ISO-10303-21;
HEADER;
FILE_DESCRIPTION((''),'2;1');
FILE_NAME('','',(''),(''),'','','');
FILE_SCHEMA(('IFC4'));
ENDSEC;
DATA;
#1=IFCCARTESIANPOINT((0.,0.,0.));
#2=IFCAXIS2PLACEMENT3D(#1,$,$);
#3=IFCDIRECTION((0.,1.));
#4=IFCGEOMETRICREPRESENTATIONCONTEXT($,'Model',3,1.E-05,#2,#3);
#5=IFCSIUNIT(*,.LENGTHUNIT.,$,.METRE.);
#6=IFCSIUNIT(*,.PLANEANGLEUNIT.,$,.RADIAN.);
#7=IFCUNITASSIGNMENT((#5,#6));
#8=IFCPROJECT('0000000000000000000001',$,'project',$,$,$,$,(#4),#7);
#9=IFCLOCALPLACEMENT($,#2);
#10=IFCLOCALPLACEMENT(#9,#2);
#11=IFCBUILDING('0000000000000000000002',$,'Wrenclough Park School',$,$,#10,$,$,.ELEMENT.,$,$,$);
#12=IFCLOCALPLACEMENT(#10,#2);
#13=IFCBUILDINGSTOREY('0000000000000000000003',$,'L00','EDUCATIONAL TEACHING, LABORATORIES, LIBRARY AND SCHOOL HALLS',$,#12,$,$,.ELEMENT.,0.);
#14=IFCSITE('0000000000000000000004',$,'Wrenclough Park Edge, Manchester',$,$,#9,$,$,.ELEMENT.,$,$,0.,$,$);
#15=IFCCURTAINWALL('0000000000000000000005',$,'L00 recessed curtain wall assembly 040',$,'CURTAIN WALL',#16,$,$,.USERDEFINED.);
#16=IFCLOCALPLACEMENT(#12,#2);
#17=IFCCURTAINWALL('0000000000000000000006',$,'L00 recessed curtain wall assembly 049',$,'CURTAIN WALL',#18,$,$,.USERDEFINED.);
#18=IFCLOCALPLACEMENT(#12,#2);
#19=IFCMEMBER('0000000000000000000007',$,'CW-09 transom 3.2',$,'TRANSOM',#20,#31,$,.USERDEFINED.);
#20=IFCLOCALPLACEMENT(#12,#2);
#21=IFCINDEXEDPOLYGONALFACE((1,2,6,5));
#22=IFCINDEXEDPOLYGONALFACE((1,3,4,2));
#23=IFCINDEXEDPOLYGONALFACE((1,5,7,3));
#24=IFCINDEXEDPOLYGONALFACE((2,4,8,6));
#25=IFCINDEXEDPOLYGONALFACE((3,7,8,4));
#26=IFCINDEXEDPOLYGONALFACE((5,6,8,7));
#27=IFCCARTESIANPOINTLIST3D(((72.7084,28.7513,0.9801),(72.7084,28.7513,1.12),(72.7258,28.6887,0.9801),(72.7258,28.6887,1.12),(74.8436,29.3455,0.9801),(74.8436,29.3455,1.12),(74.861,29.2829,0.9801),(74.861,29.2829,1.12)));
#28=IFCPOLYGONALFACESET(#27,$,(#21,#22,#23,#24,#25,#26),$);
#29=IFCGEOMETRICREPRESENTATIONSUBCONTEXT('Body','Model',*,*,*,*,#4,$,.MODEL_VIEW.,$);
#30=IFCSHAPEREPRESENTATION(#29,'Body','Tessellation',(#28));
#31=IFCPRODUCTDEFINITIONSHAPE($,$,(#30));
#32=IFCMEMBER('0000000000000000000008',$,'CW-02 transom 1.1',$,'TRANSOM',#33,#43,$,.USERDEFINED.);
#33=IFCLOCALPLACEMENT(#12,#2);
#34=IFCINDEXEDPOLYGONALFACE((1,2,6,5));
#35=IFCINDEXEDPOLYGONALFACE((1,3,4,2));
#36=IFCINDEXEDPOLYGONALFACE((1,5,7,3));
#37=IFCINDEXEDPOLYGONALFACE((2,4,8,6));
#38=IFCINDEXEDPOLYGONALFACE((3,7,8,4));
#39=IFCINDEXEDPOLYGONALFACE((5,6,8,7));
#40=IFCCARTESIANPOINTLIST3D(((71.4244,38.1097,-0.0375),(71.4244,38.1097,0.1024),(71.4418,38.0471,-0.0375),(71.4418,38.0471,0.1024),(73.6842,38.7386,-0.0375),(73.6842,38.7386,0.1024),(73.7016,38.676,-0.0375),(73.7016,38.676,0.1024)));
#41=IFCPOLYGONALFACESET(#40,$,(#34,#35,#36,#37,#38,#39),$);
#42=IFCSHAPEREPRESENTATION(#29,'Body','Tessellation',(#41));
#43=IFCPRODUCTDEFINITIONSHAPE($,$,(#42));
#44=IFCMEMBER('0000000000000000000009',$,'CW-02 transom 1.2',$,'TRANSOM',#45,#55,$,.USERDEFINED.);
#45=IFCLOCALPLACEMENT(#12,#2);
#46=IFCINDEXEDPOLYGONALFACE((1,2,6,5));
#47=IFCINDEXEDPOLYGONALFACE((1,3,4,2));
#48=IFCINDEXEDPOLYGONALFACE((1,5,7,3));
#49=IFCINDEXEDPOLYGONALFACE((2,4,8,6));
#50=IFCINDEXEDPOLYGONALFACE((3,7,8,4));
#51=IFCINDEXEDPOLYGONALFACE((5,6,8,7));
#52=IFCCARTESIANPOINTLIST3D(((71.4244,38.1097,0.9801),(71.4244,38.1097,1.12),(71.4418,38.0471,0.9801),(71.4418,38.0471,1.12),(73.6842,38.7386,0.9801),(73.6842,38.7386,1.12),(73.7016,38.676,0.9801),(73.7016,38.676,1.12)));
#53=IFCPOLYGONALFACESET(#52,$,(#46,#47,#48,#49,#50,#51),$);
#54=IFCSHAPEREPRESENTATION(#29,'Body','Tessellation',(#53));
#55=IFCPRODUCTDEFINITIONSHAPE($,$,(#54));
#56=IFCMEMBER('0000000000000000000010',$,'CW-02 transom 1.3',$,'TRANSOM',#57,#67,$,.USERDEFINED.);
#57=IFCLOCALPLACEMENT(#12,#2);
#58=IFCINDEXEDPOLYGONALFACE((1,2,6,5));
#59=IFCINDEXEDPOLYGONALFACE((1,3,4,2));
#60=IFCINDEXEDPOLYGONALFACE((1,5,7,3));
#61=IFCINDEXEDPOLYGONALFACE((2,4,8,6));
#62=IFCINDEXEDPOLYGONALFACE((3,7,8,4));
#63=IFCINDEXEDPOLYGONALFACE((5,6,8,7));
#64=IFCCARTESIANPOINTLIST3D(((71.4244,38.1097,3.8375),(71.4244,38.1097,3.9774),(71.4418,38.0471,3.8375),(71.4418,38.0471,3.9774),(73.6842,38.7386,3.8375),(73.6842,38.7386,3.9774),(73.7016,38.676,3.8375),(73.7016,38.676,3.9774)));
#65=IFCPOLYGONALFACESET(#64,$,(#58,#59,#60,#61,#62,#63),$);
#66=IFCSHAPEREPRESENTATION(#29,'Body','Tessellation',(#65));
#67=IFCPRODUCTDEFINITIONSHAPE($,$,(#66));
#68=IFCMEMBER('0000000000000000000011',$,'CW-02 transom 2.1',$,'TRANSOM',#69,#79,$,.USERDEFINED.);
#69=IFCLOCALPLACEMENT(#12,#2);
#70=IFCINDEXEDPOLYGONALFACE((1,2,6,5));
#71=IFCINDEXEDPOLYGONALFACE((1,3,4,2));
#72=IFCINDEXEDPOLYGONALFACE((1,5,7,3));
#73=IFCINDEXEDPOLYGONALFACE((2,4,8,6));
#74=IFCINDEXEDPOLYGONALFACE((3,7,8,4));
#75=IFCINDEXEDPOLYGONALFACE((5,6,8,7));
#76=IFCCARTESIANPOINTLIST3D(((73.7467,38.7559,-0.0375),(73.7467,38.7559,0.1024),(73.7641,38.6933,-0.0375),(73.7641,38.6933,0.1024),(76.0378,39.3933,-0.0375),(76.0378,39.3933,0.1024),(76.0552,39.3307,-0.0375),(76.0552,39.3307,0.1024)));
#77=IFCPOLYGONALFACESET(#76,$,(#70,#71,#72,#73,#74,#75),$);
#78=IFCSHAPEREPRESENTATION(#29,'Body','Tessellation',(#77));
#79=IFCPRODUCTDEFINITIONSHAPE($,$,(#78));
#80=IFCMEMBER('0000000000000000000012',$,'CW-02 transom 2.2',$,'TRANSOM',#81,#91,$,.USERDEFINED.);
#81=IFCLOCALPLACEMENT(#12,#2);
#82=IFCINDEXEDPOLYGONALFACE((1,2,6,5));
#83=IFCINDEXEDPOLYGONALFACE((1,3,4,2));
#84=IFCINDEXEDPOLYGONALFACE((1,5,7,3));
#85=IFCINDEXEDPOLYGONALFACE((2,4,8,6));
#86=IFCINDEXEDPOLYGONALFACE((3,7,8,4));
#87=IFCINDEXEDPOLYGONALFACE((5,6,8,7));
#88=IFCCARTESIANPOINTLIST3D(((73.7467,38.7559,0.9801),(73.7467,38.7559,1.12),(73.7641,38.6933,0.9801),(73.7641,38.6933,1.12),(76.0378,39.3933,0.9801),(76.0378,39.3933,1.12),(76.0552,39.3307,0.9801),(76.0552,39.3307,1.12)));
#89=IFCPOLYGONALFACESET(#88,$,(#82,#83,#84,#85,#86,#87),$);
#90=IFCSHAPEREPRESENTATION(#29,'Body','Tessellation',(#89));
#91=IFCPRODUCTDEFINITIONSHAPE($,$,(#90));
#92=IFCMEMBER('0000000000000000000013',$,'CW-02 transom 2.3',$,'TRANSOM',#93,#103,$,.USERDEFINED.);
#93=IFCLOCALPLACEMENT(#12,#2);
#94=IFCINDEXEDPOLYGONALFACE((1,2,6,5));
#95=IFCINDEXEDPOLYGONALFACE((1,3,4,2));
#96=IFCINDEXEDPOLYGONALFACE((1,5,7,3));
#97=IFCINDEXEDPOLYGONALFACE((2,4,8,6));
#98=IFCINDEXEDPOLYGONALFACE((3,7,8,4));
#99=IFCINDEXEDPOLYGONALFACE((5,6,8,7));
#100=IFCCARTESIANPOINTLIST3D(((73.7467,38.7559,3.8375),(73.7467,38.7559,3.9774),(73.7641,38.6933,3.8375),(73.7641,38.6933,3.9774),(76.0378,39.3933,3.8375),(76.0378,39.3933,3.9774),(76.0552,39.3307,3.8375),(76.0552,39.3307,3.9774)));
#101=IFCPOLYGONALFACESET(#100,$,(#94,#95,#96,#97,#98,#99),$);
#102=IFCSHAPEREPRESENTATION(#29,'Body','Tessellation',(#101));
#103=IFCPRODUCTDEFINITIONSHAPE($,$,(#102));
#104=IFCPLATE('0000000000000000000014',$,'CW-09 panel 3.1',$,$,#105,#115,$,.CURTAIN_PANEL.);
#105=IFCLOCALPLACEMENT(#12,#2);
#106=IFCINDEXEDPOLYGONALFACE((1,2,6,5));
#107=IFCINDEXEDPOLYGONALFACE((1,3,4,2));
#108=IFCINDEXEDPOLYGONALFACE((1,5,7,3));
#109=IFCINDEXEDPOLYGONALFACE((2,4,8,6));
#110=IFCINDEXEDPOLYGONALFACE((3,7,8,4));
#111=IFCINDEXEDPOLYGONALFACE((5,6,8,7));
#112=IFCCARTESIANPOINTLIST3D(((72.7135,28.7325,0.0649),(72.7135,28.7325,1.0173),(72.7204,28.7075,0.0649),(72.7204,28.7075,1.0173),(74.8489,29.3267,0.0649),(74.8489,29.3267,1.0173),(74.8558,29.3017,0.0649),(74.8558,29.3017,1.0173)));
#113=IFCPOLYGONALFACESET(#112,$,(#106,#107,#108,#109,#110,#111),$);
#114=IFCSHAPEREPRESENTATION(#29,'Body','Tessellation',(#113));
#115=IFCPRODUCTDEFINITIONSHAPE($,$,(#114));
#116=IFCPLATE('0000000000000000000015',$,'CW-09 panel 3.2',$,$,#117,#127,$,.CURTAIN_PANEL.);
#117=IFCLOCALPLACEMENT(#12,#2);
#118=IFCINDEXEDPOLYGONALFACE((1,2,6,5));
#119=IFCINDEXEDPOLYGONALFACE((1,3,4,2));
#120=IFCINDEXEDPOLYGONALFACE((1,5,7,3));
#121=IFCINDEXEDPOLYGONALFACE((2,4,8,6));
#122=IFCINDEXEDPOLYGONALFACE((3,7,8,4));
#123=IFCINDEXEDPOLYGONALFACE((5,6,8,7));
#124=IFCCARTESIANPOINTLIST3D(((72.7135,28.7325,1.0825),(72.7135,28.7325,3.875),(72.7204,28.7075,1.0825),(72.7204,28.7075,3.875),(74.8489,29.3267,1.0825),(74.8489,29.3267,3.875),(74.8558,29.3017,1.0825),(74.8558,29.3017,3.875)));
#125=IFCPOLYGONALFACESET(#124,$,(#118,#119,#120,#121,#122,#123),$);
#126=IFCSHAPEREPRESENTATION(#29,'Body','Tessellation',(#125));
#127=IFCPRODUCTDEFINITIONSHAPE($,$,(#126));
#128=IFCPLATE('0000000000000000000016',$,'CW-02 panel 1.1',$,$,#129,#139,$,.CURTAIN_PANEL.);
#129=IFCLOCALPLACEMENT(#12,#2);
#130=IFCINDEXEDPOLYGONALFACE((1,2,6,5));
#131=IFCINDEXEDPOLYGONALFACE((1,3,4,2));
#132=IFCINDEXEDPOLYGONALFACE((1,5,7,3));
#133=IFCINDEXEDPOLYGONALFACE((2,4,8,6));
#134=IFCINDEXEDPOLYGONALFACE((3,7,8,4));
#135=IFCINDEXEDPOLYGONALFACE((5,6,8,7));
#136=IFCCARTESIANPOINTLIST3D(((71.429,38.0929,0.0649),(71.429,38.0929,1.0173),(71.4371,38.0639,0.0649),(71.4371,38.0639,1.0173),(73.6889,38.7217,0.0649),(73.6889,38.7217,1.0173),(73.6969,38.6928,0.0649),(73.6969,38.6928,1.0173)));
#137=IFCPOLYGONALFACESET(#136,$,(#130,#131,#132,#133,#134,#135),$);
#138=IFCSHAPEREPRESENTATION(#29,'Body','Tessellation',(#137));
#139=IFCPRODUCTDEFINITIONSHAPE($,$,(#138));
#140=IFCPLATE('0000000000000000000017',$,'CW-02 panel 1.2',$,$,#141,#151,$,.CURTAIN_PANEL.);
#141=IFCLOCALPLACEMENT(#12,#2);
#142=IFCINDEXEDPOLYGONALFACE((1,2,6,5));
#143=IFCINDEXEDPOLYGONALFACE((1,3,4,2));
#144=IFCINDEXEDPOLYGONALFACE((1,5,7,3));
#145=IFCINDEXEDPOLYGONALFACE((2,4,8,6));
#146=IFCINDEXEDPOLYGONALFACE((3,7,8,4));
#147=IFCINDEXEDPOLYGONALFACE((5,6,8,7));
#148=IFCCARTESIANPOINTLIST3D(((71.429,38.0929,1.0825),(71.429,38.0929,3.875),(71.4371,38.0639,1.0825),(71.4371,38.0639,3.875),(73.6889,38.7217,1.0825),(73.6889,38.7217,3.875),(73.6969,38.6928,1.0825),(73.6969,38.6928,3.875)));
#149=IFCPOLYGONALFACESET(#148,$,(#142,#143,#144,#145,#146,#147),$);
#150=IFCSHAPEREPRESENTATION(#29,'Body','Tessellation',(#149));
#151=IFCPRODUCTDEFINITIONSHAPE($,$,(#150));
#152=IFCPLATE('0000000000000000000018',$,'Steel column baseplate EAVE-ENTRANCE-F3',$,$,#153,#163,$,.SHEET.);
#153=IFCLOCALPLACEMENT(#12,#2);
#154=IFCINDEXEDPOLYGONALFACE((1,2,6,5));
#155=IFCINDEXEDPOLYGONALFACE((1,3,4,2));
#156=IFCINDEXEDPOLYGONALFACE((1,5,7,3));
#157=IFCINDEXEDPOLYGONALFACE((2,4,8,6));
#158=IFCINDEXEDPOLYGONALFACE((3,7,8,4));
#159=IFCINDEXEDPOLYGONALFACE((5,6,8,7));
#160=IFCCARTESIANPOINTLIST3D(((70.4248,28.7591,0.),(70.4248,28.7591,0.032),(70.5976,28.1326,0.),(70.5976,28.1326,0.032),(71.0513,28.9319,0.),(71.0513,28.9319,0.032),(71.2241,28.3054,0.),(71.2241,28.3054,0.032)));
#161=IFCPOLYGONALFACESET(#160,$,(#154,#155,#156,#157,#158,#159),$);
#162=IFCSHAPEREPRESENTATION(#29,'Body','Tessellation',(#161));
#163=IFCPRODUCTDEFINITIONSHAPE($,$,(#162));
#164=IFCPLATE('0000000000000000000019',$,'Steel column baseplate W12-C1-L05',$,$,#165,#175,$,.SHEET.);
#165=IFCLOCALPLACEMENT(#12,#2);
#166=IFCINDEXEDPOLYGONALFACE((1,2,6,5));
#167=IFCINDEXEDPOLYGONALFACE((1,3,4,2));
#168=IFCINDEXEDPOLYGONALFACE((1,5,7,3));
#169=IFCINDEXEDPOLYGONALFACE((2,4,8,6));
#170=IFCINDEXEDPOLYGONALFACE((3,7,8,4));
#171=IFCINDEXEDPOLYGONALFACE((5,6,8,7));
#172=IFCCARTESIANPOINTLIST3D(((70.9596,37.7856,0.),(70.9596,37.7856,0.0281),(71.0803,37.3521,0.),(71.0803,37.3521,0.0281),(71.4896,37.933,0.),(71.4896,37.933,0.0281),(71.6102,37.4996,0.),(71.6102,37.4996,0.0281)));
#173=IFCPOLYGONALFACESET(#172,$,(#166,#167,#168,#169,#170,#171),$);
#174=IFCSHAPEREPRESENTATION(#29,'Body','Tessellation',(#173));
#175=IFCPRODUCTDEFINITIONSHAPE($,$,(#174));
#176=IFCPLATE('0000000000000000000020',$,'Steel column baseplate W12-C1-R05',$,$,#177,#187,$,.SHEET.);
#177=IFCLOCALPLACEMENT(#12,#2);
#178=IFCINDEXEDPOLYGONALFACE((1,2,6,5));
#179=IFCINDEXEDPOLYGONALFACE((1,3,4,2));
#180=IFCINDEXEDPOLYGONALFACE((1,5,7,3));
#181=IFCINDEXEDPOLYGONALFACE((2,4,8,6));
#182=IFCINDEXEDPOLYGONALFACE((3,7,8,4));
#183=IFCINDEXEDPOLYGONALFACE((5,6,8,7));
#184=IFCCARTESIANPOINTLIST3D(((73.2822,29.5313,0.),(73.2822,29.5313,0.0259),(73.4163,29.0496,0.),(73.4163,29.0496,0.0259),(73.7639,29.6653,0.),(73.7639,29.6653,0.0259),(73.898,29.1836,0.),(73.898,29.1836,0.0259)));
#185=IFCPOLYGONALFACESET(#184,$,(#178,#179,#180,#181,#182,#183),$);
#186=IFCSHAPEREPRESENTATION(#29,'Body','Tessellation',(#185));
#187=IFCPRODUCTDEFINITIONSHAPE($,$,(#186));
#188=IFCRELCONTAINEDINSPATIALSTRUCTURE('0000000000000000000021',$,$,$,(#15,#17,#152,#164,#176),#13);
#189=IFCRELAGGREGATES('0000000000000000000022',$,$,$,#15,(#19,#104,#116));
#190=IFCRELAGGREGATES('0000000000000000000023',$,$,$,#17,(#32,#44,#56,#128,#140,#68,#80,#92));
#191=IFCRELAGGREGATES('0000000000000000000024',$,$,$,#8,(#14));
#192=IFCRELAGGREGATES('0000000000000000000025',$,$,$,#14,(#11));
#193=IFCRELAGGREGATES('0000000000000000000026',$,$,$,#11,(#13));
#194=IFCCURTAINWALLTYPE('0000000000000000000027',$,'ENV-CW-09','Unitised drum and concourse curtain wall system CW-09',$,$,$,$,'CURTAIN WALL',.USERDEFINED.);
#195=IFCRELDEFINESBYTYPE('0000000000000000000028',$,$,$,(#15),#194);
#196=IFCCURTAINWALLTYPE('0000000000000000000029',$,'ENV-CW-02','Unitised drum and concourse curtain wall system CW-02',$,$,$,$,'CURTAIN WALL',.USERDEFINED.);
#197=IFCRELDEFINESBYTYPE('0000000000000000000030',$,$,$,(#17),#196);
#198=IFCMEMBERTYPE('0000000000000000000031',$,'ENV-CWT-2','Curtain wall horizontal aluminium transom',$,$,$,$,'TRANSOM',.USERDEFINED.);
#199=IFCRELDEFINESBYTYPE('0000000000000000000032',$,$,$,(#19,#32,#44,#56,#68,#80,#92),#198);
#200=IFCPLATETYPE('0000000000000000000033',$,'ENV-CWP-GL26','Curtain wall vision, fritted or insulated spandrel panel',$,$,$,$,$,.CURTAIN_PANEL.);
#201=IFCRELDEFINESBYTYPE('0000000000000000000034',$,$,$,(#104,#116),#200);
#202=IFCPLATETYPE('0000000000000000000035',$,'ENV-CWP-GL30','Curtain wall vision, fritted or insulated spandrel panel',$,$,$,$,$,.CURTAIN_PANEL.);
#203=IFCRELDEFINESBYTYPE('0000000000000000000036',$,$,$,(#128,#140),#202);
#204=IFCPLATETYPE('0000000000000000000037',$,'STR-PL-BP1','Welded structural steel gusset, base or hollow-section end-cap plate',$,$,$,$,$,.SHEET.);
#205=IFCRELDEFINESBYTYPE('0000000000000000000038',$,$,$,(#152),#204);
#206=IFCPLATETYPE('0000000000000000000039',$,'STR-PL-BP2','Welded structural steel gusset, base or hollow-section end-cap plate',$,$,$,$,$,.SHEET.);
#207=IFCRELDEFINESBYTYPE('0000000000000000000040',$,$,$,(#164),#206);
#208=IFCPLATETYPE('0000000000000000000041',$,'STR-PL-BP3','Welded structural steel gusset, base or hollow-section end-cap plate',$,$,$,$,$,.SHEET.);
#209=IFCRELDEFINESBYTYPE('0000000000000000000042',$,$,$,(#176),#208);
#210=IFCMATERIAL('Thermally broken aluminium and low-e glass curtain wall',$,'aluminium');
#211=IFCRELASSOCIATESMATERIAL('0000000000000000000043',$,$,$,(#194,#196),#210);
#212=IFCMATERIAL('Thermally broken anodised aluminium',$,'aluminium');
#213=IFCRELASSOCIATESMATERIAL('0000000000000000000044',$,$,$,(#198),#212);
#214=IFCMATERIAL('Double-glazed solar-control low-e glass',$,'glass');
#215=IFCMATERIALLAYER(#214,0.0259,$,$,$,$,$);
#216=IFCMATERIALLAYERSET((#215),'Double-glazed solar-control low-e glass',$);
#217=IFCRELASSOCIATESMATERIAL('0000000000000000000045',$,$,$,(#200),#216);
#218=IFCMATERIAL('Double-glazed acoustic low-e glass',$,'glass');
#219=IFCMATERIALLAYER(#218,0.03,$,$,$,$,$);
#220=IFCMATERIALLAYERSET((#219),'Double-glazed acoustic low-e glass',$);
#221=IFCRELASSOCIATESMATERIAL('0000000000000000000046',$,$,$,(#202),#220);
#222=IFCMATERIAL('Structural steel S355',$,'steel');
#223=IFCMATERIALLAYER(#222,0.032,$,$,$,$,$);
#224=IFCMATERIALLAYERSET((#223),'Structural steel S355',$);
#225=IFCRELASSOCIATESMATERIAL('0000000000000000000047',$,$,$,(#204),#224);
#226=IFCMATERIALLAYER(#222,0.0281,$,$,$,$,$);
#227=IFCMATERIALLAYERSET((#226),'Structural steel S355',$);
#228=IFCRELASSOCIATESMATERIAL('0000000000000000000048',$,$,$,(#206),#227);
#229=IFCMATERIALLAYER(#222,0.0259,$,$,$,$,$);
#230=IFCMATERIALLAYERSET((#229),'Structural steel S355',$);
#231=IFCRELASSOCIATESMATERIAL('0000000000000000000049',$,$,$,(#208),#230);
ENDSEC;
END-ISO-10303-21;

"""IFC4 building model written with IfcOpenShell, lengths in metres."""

from ifc_helpers import new_model, si_unit, direction, frame, origin, origin_2d, place, context, subcontext, project, spatial, rectangle, extrude, material, layer, layer_set, material_profile, profile_set, type_object, element, aggregate, save


model = new_model("IFC4")

# Units and contexts
model_context = context("Model", 3, precision=1e-05, world=origin(), true_north=direction((0.0, 1.0)))
body_context = subcontext(model_context, "Body", "Model", "MODEL_VIEW")
ifc_project = project(units=[si_unit("LENGTHUNIT", "METRE"), si_unit("PLANEANGLEUNIT", "RADIAN")], contexts=[model_context])

# Site, building, storey
site_placement = place(None, origin())
site = spatial("IfcSite", under=ifc_project, at=site_placement, Name="Wrenclough Park Edge, Manchester", CompositionType="ELEMENT", RefElevation=0.0)
building_placement = place(site_placement, origin())
building = spatial("IfcBuilding", under=site, at=building_placement, Name="Wrenclough Park School", CompositionType="ELEMENT")
storey_placement = place(building_placement, origin())
storey = spatial("IfcBuildingStorey", under=building, at=storey_placement, Name="L00", Description="EDUCATIONAL TEACHING, LABORATORIES, LIBRARY AND SCHOOL HALLS", CompositionType="ELEMENT", Elevation=0.0)

# Shared definitions
ifc_material_1 = material(Name="Structural steel S355", Category="steel")

# Curtain wall
ifc_material_2 = material(Name="Thermally broken aluminium and low-e glass curtain wall", Category="aluminium")
curtain_wall_type_1 = type_object("IfcCurtainWallType", Name="ENV-CW-09", Description="Unitised drum and concourse curtain wall system CW-09", ElementType="CURTAIN WALL", PredefinedType="USERDEFINED", material=ifc_material_2)
curtain_wall_1_placement = place(storey_placement, origin())
curtain_wall_1 = element("IfcCurtainWall", 1, at=curtain_wall_1_placement, inside=storey, type_object=curtain_wall_type_1, Name="L00 recessed curtain wall assembly 040", ObjectType="CURTAIN WALL", PredefinedType="USERDEFINED")
ifc_material_3 = material(Name="Thermally broken anodised aluminium", Category="aluminium")

# Curtain wall
curtain_wall_type_2 = type_object("IfcCurtainWallType", Name="ENV-CW-02", Description="Unitised drum and concourse curtain wall system CW-02", ElementType="CURTAIN WALL", PredefinedType="USERDEFINED", material=ifc_material_2)
curtain_wall_2_placement = place(storey_placement, origin())
curtain_wall_2 = element("IfcCurtainWall", 2, at=curtain_wall_2_placement, inside=storey, type_object=curtain_wall_type_2, Name="L00 recessed curtain wall assembly 049", ObjectType="CURTAIN WALL", PredefinedType="USERDEFINED")

# Members
ifc_material_profile_1 = material_profile(ifc_material_3, rectangle(XDim=0.0649, YDim=0.1399, at=origin_2d()), Name="AL TRANSOM 65x140")
ifc_profile_set_1 = profile_set([ifc_material_profile_1], Name="Thermally broken anodised aluminium")
member_type_1 = type_object("IfcMemberType", Name="ENV-CWT-2", Description="Curtain wall horizontal aluminium transom", ElementType="TRANSOM", PredefinedType="USERDEFINED", material=ifc_profile_set_1)
member_1_placement = place(storey_placement, frame((74.8523, 29.3142, 1.05), z_axis=(-0.963388, -0.26811, 0.0), x_axis=(0.26811, -0.963388, 0.0)))
member_1 = element("IfcMember", 3, at=member_1_placement, type_object=member_type_1, Name="CW-09 transom 3.2", ObjectType="TRANSOM", PredefinedType="USERDEFINED", context=body_context, shape_type="SweptSolid", body=[
    extrude(rectangle(XDim=0.0649, YDim=0.1399, at=origin_2d()), origin(), (0.0, 0.0, 1.0), 2.2163),
])
member_2_placement = place(storey_placement, frame((71.4331, 38.0784, 0.0325), z_axis=(0.963387, 0.268116, 0.0), x_axis=(-0.268116, 0.963387, 0.0)))
member_2 = element("IfcMember", 4, at=member_2_placement, type_object=member_type_1, Name="CW-02 transom 1.1", ObjectType="TRANSOM", PredefinedType="USERDEFINED", context=body_context, shape_type="SweptSolid", body=[
    extrude(rectangle(XDim=0.0649, YDim=0.1399, at=origin_2d()), origin(), (0.0, 0.0, 1.0), 2.3457),
])
member_3_placement = place(storey_placement, frame((71.4331, 38.0784, 1.05), z_axis=(0.963387, 0.268116, 0.0), x_axis=(-0.268116, 0.963387, 0.0)))
member_3 = element("IfcMember", 5, at=member_3_placement, type_object=member_type_1, Name="CW-02 transom 1.2", ObjectType="TRANSOM", PredefinedType="USERDEFINED", context=body_context, shape_type="SweptSolid", body=[
    extrude(rectangle(XDim=0.0649, YDim=0.1399, at=origin_2d()), origin(), (0.0, 0.0, 1.0), 2.3457),
])
member_4_placement = place(storey_placement, frame((71.4331, 38.0784, 3.9075), z_axis=(0.963387, 0.268116, 0.0), x_axis=(-0.268116, 0.963387, 0.0)))
member_4 = element("IfcMember", 6, at=member_4_placement, type_object=member_type_1, Name="CW-02 transom 1.3", ObjectType="TRANSOM", PredefinedType="USERDEFINED", context=body_context, shape_type="SweptSolid", body=[
    extrude(rectangle(XDim=0.0649, YDim=0.1399, at=origin_2d()), origin(), (0.0, 0.0, 1.0), 2.3457),
])
member_5_placement = place(storey_placement, frame((73.7554, 38.7246, 0.0325), z_axis=(0.96341, 0.26803, 0.0), x_axis=(-0.26803, 0.96341, 0.0)))
member_5 = element("IfcMember", 7, at=member_5_placement, type_object=member_type_1, Name="CW-02 transom 2.1", ObjectType="TRANSOM", PredefinedType="USERDEFINED", context=body_context, shape_type="SweptSolid", body=[
    extrude(rectangle(XDim=0.0649, YDim=0.1399, at=origin_2d()), origin(), (0.0, 0.0, 1.0), 2.3782),
])
member_6_placement = place(storey_placement, frame((73.7554, 38.7246, 1.05), z_axis=(0.96341, 0.26803, 0.0), x_axis=(-0.26803, 0.96341, 0.0)))
member_6 = element("IfcMember", 8, at=member_6_placement, type_object=member_type_1, Name="CW-02 transom 2.2", ObjectType="TRANSOM", PredefinedType="USERDEFINED", context=body_context, shape_type="SweptSolid", body=[
    extrude(rectangle(XDim=0.0649, YDim=0.1399, at=origin_2d()), origin(), (0.0, 0.0, 1.0), 2.3782),
])
member_7_placement = place(storey_placement, frame((73.7554, 38.7246, 3.9075), z_axis=(0.96341, 0.26803, 0.0), x_axis=(-0.26803, 0.96341, 0.0)))
member_7 = element("IfcMember", 9, at=member_7_placement, type_object=member_type_1, Name="CW-02 transom 2.3", ObjectType="TRANSOM", PredefinedType="USERDEFINED", context=body_context, shape_type="SweptSolid", body=[
    extrude(rectangle(XDim=0.0649, YDim=0.1399, at=origin_2d()), origin(), (0.0, 0.0, 1.0), 2.3782),
])

# Plates
ifc_material_4 = material(Name="Double-glazed solar-control low-e glass", Category="glass")
ifc_layer_1 = layer(ifc_material_4, 0.0259)
ifc_layer_set_1 = layer_set([ifc_layer_1], Name="Double-glazed solar-control low-e glass")
plate_type_1 = type_object("IfcPlateType", Name="ENV-CWP-GL26", Description="Curtain wall vision, fritted or insulated spandrel panel", PredefinedType="CURTAIN_PANEL", material=ifc_layer_set_1)
plate_1_placement = place(storey_placement, frame((73.7847, 29.0171, 0.0649), z_axis=(0.0, 0.0, 1.0), x_axis=(-0.9634, -0.268069, 0.0)))
plate_1 = element("IfcPlate", 10, at=plate_1_placement, type_object=plate_type_1, Name="CW-09 panel 3.1", PredefinedType="CURTAIN_PANEL", context=body_context, shape_type="SweptSolid", body=[
    extrude(rectangle(XDim=2.2166, YDim=0.0259, at=origin_2d()), origin(), (0.0, 0.0, 1.0), 0.9524),
])
plate_2_placement = place(storey_placement, frame((73.7847, 29.0171, 1.0825), z_axis=(0.0, 0.0, 1.0), x_axis=(-0.9634, -0.268069, 0.0)))
plate_2 = element("IfcPlate", 11, at=plate_2_placement, type_object=plate_type_1, Name="CW-09 panel 3.2", PredefinedType="CURTAIN_PANEL", context=body_context, shape_type="SweptSolid", body=[
    extrude(rectangle(XDim=2.2166, YDim=0.0259, at=origin_2d()), origin(), (0.0, 0.0, 1.0), 2.7925),
])
aggregate(curtain_wall_1, [member_1, plate_1, plate_2])
ifc_material_5 = material(Name="Double-glazed acoustic low-e glass", Category="glass")
ifc_layer_2 = layer(ifc_material_5, 0.03)
ifc_layer_set_2 = layer_set([ifc_layer_2], Name="Double-glazed acoustic low-e glass")
plate_type_2 = type_object("IfcPlateType", Name="ENV-CWP-GL30", Description="Curtain wall vision, fritted or insulated spandrel panel", PredefinedType="CURTAIN_PANEL", material=ifc_layer_set_2)
plate_3_placement = place(storey_placement, frame((72.563, 38.3928, 0.0649), z_axis=(0.0, 0.0, 1.0), x_axis=(0.963396, 0.268082, 0.0)))
plate_3 = element("IfcPlate", 12, at=plate_3_placement, type_object=plate_type_2, Name="CW-02 panel 1.1", PredefinedType="CURTAIN_PANEL", context=body_context, shape_type="SweptSolid", body=[
    extrude(rectangle(XDim=2.3457, YDim=0.03, at=origin_2d()), origin(), (0.0, 0.0, 1.0), 0.9524),
])
plate_4_placement = place(storey_placement, frame((72.563, 38.3928, 1.0825), z_axis=(0.0, 0.0, 1.0), x_axis=(0.963396, 0.268082, 0.0)))
plate_4 = element("IfcPlate", 13, at=plate_4_placement, type_object=plate_type_2, Name="CW-02 panel 1.2", PredefinedType="CURTAIN_PANEL", context=body_context, shape_type="SweptSolid", body=[
    extrude(rectangle(XDim=2.3457, YDim=0.03, at=origin_2d()), origin(), (0.0, 0.0, 1.0), 2.7925),
])
aggregate(curtain_wall_2, [member_2, member_3, member_4, plate_3, plate_4, member_5, member_6, member_7])

# Plates
ifc_layer_3 = layer(ifc_material_1, 0.032)
ifc_layer_set_3 = layer_set([ifc_layer_3], Name="Structural steel S355")
plate_type_3 = type_object("IfcPlateType", Name="STR-PL-BP1", Description="Welded structural steel gusset, base or hollow-section end-cap plate", PredefinedType="SHEET", material=ifc_layer_set_3)
plate_5_placement = place(storey_placement, frame((70.8245, 28.5322, 0.0), z_axis=(0.0, 0.0, 1.0), x_axis=(0.964003, 0.265893, 0.0)))
element("IfcPlate", 14, at=plate_5_placement, inside=storey, type_object=plate_type_3, Name="Steel column baseplate EAVE-ENTRANCE-F3", PredefinedType="SHEET", context=body_context, shape_type="SweptSolid", body=[
    extrude(rectangle(XDim=0.6499, YDim=0.6499, at=origin_2d()), origin(), (0.0, 0.0, 1.0), 0.032),
])
ifc_layer_4 = layer(ifc_material_1, 0.0281)
ifc_layer_set_4 = layer_set([ifc_layer_4], Name="Structural steel S355")
plate_type_4 = type_object("IfcPlateType", Name="STR-PL-BP2", Description="Welded structural steel gusset, base or hollow-section end-cap plate", PredefinedType="SHEET", material=ifc_layer_set_4)
plate_6_placement = place(storey_placement, frame((71.2849, 37.6426, 0.0), z_axis=(0.0, 0.0, 1.0), x_axis=(0.963397, 0.268079, 0.0)))
element("IfcPlate", 15, at=plate_6_placement, inside=storey, type_object=plate_type_4, Name="Steel column baseplate W12-C1-L05", PredefinedType="SHEET", context=body_context, shape_type="SweptSolid", body=[
    extrude(rectangle(XDim=0.55, YDim=0.45, at=origin_2d()), origin(), (0.0, 0.0, 1.0), 0.0281),
])
ifc_layer_5 = layer(ifc_material_1, 0.0259)
ifc_layer_set_5 = layer_set([ifc_layer_5], Name="Structural steel S355")
plate_type_5 = type_object("IfcPlateType", Name="STR-PL-BP3", Description="Welded structural steel gusset, base or hollow-section end-cap plate", PredefinedType="SHEET", material=ifc_layer_set_5)
plate_7_placement = place(storey_placement, frame((73.5901, 29.3574, 0.0), z_axis=(0.0, 0.0, 1.0), x_axis=(0.963397, 0.268079, 0.0)))
element("IfcPlate", 16, at=plate_7_placement, inside=storey, type_object=plate_type_5, Name="Steel column baseplate W12-C1-R05", PredefinedType="SHEET", context=body_context, shape_type="SweptSolid", body=[
    extrude(rectangle(XDim=0.5, YDim=0.5, at=origin_2d()), origin(), (0.0, 0.0, 1.0), 0.0259),
])

save(model, "model.ifc")
